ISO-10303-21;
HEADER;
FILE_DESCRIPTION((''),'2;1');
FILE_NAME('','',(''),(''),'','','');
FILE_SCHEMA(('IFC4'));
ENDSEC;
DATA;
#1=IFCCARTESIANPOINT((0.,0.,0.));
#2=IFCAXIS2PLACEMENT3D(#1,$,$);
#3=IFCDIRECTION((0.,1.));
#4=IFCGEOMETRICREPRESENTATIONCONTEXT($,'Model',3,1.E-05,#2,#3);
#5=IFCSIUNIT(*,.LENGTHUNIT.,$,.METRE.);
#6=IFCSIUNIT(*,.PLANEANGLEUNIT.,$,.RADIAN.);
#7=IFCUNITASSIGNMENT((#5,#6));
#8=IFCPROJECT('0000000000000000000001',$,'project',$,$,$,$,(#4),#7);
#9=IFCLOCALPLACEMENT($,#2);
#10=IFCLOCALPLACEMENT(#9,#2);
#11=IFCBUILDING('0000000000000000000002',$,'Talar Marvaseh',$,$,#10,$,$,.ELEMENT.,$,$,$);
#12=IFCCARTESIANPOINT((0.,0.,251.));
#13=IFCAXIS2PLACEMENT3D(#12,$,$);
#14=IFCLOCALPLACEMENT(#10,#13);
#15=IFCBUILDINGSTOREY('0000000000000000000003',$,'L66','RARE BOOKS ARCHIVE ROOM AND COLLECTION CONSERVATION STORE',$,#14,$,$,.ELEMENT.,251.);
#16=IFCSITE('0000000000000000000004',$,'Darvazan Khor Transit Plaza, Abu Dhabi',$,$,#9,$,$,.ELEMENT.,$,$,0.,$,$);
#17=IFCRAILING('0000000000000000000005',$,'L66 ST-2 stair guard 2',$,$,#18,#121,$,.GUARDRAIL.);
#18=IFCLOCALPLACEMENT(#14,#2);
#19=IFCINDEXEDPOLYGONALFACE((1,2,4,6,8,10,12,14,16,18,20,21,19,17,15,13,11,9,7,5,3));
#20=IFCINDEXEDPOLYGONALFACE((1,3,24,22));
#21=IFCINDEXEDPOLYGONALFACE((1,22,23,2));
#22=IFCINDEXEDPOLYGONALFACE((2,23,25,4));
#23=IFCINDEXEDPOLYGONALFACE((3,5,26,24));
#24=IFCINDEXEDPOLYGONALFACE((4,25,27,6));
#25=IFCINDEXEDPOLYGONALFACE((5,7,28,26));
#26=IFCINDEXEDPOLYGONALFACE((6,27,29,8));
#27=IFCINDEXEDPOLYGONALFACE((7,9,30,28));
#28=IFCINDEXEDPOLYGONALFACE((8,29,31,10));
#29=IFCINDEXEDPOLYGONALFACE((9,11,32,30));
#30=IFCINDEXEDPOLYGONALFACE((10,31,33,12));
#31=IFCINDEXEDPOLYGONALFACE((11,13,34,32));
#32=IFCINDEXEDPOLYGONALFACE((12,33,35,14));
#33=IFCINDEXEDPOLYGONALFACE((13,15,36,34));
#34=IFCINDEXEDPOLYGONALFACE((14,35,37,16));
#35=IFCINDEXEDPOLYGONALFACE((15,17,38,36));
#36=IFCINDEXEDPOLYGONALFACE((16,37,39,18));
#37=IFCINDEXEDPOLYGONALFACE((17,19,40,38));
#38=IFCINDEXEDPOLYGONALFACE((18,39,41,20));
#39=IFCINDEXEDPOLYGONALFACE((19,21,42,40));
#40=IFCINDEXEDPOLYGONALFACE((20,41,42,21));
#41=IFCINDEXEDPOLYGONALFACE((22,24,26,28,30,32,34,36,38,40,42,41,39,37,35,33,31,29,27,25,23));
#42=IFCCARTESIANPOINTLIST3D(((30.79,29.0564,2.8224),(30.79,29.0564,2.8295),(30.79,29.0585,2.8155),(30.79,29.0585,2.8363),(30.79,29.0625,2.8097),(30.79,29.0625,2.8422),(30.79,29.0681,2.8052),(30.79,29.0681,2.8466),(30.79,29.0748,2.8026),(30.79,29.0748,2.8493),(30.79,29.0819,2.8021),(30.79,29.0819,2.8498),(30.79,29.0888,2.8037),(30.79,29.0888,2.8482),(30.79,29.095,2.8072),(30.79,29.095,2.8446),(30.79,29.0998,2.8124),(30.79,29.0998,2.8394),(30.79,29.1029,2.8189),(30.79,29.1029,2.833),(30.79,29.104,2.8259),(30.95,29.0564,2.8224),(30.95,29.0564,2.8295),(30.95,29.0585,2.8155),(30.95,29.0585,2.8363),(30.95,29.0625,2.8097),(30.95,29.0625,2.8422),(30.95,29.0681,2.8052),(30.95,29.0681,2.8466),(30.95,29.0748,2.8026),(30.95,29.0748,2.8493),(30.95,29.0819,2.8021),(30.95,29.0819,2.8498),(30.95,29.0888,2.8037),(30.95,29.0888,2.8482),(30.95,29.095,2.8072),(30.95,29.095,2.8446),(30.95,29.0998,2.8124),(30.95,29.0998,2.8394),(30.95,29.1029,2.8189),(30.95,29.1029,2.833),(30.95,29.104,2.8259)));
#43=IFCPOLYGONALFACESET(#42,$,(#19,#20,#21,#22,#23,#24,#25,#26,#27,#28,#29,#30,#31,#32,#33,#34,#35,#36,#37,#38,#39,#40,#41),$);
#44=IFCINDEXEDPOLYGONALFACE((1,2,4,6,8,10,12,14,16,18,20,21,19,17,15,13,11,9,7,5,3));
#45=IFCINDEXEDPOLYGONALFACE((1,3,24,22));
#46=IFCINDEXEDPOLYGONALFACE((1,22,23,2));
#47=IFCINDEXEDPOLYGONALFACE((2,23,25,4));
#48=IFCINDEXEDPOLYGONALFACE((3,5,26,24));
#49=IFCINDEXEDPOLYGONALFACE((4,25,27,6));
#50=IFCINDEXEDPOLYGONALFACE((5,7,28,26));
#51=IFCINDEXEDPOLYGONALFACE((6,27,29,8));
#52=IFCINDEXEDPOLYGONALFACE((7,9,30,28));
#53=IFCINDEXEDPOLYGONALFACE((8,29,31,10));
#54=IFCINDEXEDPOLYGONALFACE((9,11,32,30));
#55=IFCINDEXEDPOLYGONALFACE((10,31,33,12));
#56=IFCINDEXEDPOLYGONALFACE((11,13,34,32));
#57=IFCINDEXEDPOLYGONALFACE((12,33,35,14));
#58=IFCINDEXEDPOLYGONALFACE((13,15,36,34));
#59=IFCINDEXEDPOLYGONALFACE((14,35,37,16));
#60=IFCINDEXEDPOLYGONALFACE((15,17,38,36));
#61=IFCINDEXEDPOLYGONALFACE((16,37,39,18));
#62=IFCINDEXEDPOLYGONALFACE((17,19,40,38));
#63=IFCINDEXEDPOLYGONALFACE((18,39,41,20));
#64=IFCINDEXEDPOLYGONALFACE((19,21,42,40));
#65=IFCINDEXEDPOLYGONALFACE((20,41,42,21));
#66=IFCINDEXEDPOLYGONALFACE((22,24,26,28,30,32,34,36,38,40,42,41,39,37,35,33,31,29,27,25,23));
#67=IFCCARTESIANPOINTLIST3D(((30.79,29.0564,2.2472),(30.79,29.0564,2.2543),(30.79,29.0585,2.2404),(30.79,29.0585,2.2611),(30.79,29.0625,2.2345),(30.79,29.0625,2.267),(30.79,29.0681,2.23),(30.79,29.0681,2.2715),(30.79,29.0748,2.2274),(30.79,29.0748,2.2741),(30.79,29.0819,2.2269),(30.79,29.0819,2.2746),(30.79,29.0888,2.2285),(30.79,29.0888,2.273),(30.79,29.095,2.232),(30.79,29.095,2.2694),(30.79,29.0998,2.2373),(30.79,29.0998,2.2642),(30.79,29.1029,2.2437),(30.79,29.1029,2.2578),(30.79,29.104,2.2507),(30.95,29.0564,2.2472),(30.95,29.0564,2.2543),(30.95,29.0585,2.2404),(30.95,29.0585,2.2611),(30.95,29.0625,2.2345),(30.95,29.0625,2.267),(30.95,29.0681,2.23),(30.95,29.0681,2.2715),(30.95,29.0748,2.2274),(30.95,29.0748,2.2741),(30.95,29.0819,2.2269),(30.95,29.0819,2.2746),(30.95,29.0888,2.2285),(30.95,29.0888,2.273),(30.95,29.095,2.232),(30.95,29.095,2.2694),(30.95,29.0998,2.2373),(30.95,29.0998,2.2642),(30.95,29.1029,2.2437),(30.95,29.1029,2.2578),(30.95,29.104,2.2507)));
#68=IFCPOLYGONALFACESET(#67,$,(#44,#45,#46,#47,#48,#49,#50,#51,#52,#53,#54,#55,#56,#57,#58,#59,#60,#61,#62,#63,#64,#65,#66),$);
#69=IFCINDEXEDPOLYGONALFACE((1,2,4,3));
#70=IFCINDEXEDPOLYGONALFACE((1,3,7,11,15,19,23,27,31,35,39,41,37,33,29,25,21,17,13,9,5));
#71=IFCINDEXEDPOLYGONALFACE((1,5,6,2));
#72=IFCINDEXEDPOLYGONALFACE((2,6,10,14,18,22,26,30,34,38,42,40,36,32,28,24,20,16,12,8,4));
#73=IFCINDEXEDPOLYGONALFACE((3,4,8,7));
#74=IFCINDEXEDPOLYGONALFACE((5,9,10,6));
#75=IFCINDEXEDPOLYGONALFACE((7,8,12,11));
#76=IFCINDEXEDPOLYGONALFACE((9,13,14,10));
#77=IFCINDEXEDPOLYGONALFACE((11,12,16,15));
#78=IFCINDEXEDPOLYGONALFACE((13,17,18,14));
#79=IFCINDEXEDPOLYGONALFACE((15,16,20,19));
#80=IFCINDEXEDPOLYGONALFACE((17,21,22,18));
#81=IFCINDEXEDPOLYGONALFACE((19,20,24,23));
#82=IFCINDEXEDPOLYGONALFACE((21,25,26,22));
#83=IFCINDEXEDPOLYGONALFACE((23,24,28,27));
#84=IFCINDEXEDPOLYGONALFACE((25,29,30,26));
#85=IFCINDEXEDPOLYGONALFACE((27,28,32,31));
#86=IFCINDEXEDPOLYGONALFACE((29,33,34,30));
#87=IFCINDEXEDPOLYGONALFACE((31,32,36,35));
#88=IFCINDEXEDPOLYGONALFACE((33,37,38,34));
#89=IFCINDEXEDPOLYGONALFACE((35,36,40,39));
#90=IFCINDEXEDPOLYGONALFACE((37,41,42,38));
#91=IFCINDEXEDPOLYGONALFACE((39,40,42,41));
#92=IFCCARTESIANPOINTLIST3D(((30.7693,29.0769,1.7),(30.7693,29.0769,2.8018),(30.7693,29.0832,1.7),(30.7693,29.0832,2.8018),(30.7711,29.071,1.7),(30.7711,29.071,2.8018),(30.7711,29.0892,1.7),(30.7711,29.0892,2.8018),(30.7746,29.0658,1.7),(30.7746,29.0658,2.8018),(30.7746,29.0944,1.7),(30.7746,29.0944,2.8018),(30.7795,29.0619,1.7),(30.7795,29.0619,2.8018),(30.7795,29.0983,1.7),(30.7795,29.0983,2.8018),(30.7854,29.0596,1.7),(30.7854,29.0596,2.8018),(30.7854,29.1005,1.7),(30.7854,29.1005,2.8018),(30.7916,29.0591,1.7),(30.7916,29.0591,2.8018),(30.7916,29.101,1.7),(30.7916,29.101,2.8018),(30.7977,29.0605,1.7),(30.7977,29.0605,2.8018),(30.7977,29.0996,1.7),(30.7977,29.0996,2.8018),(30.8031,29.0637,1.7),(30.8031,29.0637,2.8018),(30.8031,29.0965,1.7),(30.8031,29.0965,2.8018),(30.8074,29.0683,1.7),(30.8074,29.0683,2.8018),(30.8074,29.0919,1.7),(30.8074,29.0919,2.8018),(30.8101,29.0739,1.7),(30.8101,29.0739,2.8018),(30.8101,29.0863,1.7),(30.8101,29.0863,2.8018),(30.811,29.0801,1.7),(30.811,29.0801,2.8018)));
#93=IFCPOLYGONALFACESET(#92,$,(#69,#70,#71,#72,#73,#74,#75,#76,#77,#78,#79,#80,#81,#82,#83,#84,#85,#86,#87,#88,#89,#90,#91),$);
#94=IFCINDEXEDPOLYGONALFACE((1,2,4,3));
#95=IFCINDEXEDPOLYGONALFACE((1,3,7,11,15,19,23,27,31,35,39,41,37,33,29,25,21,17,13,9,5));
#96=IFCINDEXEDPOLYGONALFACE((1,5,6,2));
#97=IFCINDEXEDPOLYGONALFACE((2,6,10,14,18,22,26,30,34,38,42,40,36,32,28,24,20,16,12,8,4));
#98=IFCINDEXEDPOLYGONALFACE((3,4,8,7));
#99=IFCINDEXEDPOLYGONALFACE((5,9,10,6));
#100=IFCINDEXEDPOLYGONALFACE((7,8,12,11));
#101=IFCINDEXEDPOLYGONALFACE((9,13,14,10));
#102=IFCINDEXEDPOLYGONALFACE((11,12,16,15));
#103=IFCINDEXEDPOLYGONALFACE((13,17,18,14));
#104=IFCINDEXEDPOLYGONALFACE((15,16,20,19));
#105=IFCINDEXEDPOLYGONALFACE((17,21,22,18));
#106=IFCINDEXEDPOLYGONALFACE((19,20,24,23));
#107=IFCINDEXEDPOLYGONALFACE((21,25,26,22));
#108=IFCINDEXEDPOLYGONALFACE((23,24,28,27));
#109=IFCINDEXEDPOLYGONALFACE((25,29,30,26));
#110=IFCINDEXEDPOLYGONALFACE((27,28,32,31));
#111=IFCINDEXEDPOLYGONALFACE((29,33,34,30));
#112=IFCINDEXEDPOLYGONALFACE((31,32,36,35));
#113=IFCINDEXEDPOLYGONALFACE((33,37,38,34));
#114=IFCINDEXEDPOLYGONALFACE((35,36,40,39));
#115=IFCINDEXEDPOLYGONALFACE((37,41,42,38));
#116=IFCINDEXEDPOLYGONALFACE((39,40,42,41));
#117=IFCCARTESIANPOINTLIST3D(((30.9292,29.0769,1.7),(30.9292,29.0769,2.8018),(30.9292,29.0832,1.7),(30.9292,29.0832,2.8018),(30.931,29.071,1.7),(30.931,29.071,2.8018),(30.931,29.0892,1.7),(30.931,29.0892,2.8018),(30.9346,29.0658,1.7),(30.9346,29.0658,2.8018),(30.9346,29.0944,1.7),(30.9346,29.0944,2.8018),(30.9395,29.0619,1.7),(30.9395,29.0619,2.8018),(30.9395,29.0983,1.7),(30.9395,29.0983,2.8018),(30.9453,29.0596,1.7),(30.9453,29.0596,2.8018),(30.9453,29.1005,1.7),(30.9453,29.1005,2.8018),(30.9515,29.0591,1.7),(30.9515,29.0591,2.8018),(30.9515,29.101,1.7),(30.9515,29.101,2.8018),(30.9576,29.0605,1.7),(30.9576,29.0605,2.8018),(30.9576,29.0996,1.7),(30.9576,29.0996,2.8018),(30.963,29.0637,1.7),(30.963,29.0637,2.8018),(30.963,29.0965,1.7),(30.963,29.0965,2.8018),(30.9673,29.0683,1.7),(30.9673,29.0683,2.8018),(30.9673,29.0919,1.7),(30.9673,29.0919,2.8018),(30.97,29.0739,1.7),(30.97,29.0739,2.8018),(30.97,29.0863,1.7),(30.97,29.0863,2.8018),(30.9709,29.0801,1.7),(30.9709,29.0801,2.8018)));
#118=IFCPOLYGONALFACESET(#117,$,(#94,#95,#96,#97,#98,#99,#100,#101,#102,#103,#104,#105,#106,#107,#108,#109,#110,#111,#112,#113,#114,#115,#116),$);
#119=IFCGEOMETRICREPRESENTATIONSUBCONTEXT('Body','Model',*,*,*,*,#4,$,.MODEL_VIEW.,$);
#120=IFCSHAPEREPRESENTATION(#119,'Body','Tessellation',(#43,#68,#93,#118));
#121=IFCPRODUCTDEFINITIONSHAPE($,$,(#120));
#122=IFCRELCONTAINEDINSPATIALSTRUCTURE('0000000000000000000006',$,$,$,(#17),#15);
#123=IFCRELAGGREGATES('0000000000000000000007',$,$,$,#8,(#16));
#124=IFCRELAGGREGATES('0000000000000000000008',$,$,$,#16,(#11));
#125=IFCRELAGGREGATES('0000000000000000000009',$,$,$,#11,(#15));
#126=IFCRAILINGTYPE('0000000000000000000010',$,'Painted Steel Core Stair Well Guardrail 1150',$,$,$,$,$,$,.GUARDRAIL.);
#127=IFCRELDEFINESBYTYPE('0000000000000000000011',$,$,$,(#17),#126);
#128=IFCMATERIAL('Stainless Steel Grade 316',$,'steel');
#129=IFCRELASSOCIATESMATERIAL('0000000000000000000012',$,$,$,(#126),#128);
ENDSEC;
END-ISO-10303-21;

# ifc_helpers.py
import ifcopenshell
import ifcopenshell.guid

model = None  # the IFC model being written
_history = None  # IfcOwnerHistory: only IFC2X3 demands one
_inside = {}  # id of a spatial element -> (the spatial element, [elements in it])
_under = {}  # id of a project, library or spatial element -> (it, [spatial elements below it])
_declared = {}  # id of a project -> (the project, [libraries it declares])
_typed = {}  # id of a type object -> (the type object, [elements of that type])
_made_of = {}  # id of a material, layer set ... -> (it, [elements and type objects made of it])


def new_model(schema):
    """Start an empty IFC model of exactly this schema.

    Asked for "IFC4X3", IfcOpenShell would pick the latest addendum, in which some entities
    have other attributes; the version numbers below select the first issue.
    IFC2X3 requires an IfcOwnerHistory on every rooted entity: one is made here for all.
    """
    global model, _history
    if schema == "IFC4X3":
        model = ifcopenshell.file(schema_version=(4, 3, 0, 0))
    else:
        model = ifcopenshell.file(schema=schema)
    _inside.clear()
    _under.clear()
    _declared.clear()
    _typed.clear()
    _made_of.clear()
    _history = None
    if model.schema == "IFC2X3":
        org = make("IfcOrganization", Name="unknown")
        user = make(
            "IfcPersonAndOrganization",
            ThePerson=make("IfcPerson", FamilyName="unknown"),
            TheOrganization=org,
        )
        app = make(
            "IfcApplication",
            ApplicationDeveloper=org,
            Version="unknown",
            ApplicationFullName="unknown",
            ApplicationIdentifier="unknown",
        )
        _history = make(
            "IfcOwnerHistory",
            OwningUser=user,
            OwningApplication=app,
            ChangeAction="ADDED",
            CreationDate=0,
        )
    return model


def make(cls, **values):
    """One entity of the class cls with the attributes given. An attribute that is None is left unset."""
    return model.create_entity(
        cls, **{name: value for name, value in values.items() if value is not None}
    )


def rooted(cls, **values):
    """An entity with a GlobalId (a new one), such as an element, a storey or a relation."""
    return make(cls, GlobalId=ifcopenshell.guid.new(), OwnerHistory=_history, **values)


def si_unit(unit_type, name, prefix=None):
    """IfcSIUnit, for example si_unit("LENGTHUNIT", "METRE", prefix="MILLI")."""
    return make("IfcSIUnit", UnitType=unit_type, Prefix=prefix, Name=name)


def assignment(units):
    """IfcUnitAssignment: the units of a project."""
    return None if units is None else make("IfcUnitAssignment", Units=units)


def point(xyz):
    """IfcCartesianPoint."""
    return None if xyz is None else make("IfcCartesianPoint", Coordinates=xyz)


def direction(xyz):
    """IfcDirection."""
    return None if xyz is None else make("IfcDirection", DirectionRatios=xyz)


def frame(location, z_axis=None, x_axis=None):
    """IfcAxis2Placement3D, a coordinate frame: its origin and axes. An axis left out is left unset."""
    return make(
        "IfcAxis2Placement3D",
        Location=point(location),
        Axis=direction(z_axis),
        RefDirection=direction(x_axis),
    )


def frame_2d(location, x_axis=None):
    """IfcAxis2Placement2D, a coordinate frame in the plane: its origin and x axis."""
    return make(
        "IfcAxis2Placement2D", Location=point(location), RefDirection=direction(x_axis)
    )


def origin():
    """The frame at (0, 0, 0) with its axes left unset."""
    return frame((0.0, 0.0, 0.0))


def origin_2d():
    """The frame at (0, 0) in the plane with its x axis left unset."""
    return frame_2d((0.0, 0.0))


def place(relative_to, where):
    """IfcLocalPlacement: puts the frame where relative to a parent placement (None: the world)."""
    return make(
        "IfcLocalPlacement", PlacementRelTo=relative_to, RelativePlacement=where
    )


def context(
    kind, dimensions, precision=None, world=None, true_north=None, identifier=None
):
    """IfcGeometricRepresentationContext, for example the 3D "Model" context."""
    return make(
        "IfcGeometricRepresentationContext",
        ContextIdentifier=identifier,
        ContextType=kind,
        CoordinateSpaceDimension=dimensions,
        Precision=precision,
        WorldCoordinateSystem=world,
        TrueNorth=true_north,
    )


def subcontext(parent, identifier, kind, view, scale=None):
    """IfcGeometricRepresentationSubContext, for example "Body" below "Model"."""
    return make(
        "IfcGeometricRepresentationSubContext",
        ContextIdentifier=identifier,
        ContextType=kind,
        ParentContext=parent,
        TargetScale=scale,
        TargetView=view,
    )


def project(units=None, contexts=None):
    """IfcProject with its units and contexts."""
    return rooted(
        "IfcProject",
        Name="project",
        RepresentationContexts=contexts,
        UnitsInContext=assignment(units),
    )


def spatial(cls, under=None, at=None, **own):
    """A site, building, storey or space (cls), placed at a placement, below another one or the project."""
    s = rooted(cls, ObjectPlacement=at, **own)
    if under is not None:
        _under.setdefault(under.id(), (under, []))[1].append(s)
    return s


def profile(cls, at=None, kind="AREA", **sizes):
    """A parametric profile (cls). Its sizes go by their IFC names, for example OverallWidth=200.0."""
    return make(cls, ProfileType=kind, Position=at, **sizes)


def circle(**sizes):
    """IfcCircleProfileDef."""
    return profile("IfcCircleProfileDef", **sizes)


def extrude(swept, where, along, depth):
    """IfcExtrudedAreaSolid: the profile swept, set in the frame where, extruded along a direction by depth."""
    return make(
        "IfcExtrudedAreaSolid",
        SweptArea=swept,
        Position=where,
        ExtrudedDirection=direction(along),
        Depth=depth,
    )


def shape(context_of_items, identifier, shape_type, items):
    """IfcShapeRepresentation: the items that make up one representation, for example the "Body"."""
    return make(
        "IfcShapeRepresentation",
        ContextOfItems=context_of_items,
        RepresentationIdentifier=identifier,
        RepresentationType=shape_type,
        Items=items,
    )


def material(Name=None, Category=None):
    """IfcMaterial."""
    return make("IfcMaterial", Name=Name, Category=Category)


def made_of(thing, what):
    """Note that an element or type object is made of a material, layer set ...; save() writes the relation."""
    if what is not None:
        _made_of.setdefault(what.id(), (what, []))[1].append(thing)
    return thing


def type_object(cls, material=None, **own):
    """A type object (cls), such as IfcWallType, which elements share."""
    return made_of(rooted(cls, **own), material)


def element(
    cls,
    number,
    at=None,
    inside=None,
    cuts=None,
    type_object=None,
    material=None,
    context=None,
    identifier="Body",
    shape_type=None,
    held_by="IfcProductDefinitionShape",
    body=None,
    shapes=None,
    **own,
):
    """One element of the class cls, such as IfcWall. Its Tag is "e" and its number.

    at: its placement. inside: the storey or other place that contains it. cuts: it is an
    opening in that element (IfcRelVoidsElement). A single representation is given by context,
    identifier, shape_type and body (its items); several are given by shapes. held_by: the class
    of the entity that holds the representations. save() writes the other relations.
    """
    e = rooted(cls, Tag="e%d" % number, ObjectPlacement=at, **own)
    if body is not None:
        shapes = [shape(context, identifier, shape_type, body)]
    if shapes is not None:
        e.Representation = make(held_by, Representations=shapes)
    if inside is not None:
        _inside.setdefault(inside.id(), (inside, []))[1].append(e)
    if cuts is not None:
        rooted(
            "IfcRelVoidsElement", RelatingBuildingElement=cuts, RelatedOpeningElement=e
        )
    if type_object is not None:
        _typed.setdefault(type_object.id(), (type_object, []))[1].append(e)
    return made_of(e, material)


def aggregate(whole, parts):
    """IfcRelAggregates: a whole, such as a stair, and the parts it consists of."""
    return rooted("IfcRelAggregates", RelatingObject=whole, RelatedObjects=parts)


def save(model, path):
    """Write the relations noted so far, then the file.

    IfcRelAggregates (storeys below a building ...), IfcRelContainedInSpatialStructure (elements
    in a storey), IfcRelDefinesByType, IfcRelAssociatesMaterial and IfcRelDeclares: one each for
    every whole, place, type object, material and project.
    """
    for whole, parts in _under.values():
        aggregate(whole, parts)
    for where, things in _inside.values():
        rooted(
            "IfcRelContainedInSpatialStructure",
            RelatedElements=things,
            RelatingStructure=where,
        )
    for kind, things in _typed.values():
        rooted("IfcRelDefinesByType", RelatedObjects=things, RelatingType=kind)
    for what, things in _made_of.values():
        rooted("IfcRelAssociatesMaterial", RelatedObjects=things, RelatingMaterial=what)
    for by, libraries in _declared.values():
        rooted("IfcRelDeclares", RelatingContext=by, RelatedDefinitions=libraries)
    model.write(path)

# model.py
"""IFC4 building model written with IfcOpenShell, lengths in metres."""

from ifc_helpers import new_model, si_unit, direction, frame, origin, origin_2d, place, context, subcontext, project, spatial, circle, extrude, material, type_object, element, save


model = new_model("IFC4")

# Units and contexts
model_context = context("Model", 3, precision=1e-05, world=origin(), true_north=direction((0.0, 1.0)))
body_context = subcontext(model_context, "Body", "Model", "MODEL_VIEW")
ifc_project = project(units=[si_unit("LENGTHUNIT", "METRE"), si_unit("PLANEANGLEUNIT", "RADIAN")], contexts=[model_context])

# Site, building, storey
site_placement = place(None, origin())
site = spatial("IfcSite", under=ifc_project, at=site_placement, Name="Darvazan Khor Transit Plaza, Abu Dhabi", CompositionType="ELEMENT", RefElevation=0.0)
building_placement = place(site_placement, origin())
building = spatial("IfcBuilding", under=site, at=building_placement, Name="Talar Marvaseh", CompositionType="ELEMENT")
storey_placement = place(building_placement, frame((0.0, 0.0, 251.0)))
storey = spatial("IfcBuildingStorey", under=building, at=storey_placement, Name="L66", Description="RARE BOOKS ARCHIVE ROOM AND COLLECTION CONSERVATION STORE", CompositionType="ELEMENT", Elevation=251.0)

# Shared definitions
ifc_material_1 = material(Name="Stainless Steel Grade 316", Category="steel")

# Railing
railing_type_1 = type_object("IfcRailingType", Name="Painted Steel Core Stair Well Guardrail 1150", PredefinedType="GUARDRAIL", material=ifc_material_1)
railing_1_placement = place(storey_placement, frame((30.79, 29.0801, 1.7)))
element("IfcRailing", 1, at=railing_1_placement, inside=storey, type_object=railing_type_1, Name="L66 ST-2 stair guard 2", PredefinedType="GUARDRAIL", context=body_context, shape_type="SweptSolid", body=[
    extrude(circle(Radius=0.0239, at=origin_2d()), frame((0.0, 0.0, 1.126), z_axis=(1.0, 0.0, 0.0), x_axis=(0.0, 1.0, 0.0)), (0.0, 0.0, 1.0), 0.1599),
    extrude(circle(Radius=0.0239, at=origin_2d()), frame((0.0, 0.0, 0.5508), z_axis=(1.0, 0.0, 0.0), x_axis=(0.0, 1.0, 0.0)), (0.0, 0.0, 1.0), 0.1599),
    extrude(circle(Radius=0.021, at=origin_2d()), origin(), (0.0, 0.0, 1.0), 1.1018),
    extrude(circle(Radius=0.021, at=origin_2d()), frame((0.1599, 0.0, 0.0)), (0.0, 0.0, 1.0), 1.1018),
])

save(model, "model.ifc")
